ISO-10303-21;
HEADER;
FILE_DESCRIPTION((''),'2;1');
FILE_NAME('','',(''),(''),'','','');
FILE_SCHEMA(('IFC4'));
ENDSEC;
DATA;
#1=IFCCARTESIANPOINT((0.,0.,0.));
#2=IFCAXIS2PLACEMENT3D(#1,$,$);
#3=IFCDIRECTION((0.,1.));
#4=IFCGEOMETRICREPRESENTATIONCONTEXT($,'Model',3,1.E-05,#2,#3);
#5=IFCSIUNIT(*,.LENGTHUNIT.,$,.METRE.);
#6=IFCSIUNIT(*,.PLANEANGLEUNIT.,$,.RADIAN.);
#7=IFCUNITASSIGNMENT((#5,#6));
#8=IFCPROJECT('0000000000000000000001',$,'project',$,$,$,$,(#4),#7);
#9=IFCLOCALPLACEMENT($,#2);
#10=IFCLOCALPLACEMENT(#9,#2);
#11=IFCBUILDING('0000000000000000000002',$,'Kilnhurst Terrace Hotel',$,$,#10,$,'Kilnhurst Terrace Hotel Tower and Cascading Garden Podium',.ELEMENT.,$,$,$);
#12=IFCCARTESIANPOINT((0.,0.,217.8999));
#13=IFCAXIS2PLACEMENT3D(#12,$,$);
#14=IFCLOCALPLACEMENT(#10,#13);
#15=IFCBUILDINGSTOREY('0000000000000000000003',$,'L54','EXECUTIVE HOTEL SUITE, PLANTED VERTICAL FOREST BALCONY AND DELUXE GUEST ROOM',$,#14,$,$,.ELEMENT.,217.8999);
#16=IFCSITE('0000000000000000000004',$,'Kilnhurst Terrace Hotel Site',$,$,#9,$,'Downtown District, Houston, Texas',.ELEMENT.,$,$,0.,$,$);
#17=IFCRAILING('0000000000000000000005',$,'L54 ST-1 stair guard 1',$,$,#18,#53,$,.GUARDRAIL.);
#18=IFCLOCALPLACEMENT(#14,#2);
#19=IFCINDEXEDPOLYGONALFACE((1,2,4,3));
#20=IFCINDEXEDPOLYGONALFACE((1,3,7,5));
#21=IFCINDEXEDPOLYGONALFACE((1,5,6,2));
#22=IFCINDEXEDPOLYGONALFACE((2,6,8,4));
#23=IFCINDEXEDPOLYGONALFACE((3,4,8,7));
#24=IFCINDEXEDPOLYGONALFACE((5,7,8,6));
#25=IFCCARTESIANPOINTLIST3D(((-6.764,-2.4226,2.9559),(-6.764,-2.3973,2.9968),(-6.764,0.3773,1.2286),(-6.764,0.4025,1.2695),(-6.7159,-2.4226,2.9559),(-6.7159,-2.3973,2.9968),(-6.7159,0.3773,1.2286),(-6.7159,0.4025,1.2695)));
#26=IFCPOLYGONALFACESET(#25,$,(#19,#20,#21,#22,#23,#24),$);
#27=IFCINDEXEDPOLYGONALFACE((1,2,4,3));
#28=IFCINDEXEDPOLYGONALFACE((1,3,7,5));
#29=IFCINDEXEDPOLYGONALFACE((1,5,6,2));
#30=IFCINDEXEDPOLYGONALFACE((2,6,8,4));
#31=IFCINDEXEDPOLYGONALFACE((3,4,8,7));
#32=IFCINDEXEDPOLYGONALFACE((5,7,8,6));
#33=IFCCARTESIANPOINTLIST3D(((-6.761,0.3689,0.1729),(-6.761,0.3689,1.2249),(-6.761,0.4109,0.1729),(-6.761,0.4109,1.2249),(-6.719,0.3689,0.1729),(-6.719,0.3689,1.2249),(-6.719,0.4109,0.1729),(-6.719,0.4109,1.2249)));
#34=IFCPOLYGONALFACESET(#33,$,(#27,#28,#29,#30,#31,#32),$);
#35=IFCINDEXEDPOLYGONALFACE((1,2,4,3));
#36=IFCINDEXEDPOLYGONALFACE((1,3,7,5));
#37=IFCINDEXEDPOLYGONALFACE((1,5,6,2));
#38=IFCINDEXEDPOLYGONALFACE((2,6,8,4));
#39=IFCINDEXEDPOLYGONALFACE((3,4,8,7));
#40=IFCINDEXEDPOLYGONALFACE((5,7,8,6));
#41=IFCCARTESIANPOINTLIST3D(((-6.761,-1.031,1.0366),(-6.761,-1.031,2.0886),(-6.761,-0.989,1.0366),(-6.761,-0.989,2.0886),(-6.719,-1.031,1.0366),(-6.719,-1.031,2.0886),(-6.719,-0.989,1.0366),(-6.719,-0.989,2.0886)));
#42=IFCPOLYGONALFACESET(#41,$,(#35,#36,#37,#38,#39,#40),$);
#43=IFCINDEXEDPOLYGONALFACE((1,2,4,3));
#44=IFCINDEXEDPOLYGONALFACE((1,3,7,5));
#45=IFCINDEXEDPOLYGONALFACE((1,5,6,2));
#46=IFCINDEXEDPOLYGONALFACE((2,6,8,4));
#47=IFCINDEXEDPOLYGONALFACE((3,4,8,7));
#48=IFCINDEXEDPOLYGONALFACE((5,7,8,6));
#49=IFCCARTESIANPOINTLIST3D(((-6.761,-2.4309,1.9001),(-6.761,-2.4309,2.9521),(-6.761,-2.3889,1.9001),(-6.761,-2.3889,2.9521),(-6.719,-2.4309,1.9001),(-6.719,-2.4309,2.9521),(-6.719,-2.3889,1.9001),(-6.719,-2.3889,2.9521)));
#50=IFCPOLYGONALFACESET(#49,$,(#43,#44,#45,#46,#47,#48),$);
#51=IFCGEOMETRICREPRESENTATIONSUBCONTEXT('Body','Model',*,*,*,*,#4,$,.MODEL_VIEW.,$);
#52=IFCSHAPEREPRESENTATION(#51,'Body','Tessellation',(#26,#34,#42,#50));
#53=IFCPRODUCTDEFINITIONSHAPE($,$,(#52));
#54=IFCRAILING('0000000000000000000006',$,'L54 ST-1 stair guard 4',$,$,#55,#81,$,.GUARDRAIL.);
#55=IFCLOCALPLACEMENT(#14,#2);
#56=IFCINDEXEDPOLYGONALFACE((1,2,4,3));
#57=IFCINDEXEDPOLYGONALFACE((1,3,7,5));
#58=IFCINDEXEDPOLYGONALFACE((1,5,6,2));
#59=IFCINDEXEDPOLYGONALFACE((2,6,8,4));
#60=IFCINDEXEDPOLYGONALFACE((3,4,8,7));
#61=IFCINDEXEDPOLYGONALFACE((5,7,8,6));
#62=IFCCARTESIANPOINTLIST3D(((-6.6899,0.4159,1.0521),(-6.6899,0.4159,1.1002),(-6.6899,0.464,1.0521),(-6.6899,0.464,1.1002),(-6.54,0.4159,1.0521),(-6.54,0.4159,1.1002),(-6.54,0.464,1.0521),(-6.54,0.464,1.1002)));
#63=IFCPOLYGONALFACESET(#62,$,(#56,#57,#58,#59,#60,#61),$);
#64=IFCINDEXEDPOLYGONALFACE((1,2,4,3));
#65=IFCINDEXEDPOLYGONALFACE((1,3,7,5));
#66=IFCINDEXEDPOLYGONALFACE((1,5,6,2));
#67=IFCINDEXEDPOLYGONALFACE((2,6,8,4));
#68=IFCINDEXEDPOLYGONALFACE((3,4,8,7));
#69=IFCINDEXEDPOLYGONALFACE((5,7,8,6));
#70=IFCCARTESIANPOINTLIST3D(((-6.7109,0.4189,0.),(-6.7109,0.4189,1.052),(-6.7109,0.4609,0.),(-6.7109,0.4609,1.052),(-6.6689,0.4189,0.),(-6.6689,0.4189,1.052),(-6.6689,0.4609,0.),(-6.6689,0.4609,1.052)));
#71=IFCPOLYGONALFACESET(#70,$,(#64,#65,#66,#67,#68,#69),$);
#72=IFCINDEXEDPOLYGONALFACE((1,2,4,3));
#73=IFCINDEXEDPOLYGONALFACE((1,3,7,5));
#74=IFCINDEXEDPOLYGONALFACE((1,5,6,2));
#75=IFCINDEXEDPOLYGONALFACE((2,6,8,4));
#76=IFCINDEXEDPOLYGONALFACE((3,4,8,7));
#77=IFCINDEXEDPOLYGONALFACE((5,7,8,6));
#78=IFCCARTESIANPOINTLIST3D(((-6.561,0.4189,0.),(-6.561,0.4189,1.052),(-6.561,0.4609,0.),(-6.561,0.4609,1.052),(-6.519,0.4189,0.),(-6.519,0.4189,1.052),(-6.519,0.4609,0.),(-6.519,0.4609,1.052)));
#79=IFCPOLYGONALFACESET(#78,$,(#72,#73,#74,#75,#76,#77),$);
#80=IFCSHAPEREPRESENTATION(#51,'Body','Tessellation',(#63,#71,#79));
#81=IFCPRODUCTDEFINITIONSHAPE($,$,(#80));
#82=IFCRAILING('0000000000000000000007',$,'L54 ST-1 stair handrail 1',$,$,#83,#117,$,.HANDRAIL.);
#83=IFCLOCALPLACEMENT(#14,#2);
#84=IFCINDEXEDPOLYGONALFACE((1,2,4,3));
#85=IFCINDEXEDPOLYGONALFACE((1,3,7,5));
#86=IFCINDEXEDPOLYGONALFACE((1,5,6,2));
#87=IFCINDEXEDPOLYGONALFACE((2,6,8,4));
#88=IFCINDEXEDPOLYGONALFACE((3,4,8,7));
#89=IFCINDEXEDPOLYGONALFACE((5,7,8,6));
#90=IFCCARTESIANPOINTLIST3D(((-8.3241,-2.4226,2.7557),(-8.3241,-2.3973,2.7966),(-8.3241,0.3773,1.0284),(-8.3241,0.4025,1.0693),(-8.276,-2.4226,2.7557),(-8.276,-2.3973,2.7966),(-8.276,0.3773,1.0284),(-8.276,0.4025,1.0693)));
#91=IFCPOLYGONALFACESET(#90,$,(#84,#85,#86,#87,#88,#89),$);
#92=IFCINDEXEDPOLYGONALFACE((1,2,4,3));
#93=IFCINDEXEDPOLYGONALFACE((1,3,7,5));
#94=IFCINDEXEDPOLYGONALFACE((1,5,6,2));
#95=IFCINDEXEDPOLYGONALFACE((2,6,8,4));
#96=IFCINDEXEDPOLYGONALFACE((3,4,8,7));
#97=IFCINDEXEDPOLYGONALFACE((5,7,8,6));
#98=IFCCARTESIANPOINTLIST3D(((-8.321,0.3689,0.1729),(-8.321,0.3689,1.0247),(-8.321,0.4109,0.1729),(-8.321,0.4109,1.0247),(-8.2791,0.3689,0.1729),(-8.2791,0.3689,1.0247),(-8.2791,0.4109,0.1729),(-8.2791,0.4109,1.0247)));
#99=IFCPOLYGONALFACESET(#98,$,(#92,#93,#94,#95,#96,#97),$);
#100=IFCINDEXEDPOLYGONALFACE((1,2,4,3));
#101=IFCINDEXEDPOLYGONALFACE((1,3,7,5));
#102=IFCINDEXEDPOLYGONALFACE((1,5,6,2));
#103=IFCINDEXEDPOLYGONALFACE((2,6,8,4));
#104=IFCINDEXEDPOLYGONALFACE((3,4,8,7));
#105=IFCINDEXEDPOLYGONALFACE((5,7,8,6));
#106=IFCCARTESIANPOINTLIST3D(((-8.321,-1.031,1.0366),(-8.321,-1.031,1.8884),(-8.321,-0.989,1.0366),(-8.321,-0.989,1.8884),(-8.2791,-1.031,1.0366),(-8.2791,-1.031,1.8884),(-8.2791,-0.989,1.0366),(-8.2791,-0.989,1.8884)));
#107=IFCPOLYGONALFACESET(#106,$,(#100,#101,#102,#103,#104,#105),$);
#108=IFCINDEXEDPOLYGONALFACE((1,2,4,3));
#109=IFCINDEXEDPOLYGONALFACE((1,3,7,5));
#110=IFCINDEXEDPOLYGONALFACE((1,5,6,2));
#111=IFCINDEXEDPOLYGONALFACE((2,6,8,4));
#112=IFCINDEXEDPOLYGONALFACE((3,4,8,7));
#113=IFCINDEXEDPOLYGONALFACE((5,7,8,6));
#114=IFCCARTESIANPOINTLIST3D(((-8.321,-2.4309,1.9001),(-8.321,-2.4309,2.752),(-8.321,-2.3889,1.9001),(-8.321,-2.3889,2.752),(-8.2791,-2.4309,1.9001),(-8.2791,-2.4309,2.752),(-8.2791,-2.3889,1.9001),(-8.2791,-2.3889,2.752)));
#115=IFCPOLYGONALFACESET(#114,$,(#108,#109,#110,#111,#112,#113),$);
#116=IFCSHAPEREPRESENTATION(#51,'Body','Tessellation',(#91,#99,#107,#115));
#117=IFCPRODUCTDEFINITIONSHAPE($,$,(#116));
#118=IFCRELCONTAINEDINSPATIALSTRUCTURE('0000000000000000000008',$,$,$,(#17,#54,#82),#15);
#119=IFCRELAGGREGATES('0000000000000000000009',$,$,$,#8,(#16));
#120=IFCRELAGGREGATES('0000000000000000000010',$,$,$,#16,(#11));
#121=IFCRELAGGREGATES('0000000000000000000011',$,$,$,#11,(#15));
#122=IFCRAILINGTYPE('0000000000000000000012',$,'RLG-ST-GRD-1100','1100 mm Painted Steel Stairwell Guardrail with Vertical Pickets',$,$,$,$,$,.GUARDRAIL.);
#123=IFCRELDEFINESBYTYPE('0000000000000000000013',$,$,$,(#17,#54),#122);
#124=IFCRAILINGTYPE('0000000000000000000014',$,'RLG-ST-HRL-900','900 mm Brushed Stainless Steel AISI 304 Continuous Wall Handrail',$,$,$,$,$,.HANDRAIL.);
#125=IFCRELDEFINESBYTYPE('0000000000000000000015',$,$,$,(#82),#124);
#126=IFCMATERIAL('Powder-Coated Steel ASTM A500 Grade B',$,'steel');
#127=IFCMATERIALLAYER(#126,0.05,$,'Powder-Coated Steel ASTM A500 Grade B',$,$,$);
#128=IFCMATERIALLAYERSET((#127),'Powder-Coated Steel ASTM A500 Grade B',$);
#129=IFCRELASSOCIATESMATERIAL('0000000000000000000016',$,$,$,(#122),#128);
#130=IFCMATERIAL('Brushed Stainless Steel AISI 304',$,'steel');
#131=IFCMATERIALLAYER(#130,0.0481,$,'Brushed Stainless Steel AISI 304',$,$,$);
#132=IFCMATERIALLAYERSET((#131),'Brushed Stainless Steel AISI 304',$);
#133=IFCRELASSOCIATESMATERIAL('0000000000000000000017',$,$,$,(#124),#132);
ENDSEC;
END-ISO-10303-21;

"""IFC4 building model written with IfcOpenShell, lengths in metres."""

from ifc_helpers import new_model, si_unit, direction, frame, origin, origin_2d, place, context, subcontext, project, spatial, rectangle, extrude, material, layer, layer_set, type_object, element, save


model = new_model("IFC4")

# Units and contexts
model_context = context("Model", 3, precision=1e-05, world=origin(), true_north=direction((0.0, 1.0)))
body_context = subcontext(model_context, "Body", "Model", "MODEL_VIEW")
ifc_project = project(units=[si_unit("LENGTHUNIT", "METRE"), si_unit("PLANEANGLEUNIT", "RADIAN")], contexts=[model_context])

# Site, building, storey
site_placement = place(None, origin())
site = spatial("IfcSite", under=ifc_project, at=site_placement, Name="Kilnhurst Terrace Hotel Site", LongName="Downtown District, Houston, Texas", CompositionType="ELEMENT", RefElevation=0.0)
building_placement = place(site_placement, origin())
building = spatial("IfcBuilding", under=site, at=building_placement, Name="Kilnhurst Terrace Hotel", LongName="Kilnhurst Terrace Hotel Tower and Cascading Garden Podium", CompositionType="ELEMENT")
storey_placement = place(building_placement, frame((0.0, 0.0, 217.8999)))
storey = spatial("IfcBuildingStorey", under=building, at=storey_placement, Name="L54", Description="EXECUTIVE HOTEL SUITE, PLANTED VERTICAL FOREST BALCONY AND DELUXE GUEST ROOM", CompositionType="ELEMENT", Elevation=217.8999)

# Railings
ifc_material_1 = material(Name="Powder-Coated Steel ASTM A500 Grade B", Category="steel")
ifc_layer_1 = layer(ifc_material_1, 0.05, Name="Powder-Coated Steel ASTM A500 Grade B")
ifc_layer_set_1 = layer_set([ifc_layer_1], Name="Powder-Coated Steel ASTM A500 Grade B")
railing_type_1 = type_object("IfcRailingType", Name="RLG-ST-GRD-1100", Description="1100 mm Painted Steel Stairwell Guardrail with Vertical Pickets", PredefinedType="GUARDRAIL", material=ifc_layer_set_1)
railing_1_placement = place(storey_placement, frame((-6.74, 0.3899, 0.1729)))
element("IfcRailing", 1, at=railing_1_placement, inside=storey, type_object=railing_type_1, Name="L54 ST-1 stair guard 1", PredefinedType="GUARDRAIL", context=body_context, shape_type="SweptSolid", body=[
    extrude(rectangle(XDim=0.0481, YDim=0.0481, at=origin_2d()), frame((0.0, 0.0, 1.0762), z_axis=(0.0, -0.851069, 0.525054), x_axis=(1.0, 0.0, 0.0)), (0.0, 0.0, 1.0), 3.2898),
    extrude(rectangle(XDim=0.042, YDim=0.042, at=origin_2d()), origin(), (0.0, 0.0, 1.0), 1.052),
    extrude(rectangle(XDim=0.042, YDim=0.042, at=origin_2d()), frame((0.0, -1.3999, 0.8638)), (0.0, 0.0, 1.0), 1.052),
    extrude(rectangle(XDim=0.042, YDim=0.042, at=origin_2d()), frame((0.0, -2.7998, 1.7273)), (0.0, 0.0, 1.0), 1.052),
])
railing_2_placement = place(storey_placement, frame((-6.6899, 0.4399, 0.0)))
element("IfcRailing", 2, at=railing_2_placement, inside=storey, type_object=railing_type_1, Name="L54 ST-1 stair guard 4", PredefinedType="GUARDRAIL", context=body_context, shape_type="SweptSolid", body=[
    extrude(rectangle(XDim=0.0481, YDim=0.0481, at=origin_2d()), frame((0.0, 0.0, 1.0762), z_axis=(1.0, 0.0, 0.0), x_axis=(0.0, 1.0, 0.0)), (0.0, 0.0, 1.0), 0.1499),
    extrude(rectangle(XDim=0.042, YDim=0.042, at=origin_2d()), origin(), (0.0, 0.0, 1.0), 1.052),
    extrude(rectangle(XDim=0.042, YDim=0.042, at=origin_2d()), frame((0.1499, 0.0, 0.0)), (0.0, 0.0, 1.0), 1.052),
])
ifc_material_2 = material(Name="Brushed Stainless Steel AISI 304", Category="steel")
ifc_layer_2 = layer(ifc_material_2, 0.0481, Name="Brushed Stainless Steel AISI 304")
ifc_layer_set_2 = layer_set([ifc_layer_2], Name="Brushed Stainless Steel AISI 304")
railing_type_2 = type_object("IfcRailingType", Name="RLG-ST-HRL-900", Description="900 mm Brushed Stainless Steel AISI 304 Continuous Wall Handrail", PredefinedType="HANDRAIL", material=ifc_layer_set_2)
railing_3_placement = place(storey_placement, frame((-8.3, 0.3899, 0.1729)))
element("IfcRailing", 3, at=railing_3_placement, inside=storey, type_object=railing_type_2, Name="L54 ST-1 stair handrail 1", PredefinedType="HANDRAIL", context=body_context, shape_type="SweptSolid", body=[
    extrude(rectangle(XDim=0.0481, YDim=0.0481, at=origin_2d()), frame((0.0, 0.0, 0.876), z_axis=(0.0, -0.851069, 0.525054), x_axis=(1.0, 0.0, 0.0)), (0.0, 0.0, 1.0), 3.2898),
    extrude(rectangle(XDim=0.042, YDim=0.042, at=origin_2d()), origin(), (0.0, 0.0, 1.0), 0.8518),
    extrude(rectangle(XDim=0.042, YDim=0.042, at=origin_2d()), frame((0.0, -1.3999, 0.8638)), (0.0, 0.0, 1.0), 0.8518),
    extrude(rectangle(XDim=0.042, YDim=0.042, at=origin_2d()), frame((0.0, -2.7998, 1.7273)), (0.0, 0.0, 1.0), 0.8518),
])

save(model, "model.ifc")
